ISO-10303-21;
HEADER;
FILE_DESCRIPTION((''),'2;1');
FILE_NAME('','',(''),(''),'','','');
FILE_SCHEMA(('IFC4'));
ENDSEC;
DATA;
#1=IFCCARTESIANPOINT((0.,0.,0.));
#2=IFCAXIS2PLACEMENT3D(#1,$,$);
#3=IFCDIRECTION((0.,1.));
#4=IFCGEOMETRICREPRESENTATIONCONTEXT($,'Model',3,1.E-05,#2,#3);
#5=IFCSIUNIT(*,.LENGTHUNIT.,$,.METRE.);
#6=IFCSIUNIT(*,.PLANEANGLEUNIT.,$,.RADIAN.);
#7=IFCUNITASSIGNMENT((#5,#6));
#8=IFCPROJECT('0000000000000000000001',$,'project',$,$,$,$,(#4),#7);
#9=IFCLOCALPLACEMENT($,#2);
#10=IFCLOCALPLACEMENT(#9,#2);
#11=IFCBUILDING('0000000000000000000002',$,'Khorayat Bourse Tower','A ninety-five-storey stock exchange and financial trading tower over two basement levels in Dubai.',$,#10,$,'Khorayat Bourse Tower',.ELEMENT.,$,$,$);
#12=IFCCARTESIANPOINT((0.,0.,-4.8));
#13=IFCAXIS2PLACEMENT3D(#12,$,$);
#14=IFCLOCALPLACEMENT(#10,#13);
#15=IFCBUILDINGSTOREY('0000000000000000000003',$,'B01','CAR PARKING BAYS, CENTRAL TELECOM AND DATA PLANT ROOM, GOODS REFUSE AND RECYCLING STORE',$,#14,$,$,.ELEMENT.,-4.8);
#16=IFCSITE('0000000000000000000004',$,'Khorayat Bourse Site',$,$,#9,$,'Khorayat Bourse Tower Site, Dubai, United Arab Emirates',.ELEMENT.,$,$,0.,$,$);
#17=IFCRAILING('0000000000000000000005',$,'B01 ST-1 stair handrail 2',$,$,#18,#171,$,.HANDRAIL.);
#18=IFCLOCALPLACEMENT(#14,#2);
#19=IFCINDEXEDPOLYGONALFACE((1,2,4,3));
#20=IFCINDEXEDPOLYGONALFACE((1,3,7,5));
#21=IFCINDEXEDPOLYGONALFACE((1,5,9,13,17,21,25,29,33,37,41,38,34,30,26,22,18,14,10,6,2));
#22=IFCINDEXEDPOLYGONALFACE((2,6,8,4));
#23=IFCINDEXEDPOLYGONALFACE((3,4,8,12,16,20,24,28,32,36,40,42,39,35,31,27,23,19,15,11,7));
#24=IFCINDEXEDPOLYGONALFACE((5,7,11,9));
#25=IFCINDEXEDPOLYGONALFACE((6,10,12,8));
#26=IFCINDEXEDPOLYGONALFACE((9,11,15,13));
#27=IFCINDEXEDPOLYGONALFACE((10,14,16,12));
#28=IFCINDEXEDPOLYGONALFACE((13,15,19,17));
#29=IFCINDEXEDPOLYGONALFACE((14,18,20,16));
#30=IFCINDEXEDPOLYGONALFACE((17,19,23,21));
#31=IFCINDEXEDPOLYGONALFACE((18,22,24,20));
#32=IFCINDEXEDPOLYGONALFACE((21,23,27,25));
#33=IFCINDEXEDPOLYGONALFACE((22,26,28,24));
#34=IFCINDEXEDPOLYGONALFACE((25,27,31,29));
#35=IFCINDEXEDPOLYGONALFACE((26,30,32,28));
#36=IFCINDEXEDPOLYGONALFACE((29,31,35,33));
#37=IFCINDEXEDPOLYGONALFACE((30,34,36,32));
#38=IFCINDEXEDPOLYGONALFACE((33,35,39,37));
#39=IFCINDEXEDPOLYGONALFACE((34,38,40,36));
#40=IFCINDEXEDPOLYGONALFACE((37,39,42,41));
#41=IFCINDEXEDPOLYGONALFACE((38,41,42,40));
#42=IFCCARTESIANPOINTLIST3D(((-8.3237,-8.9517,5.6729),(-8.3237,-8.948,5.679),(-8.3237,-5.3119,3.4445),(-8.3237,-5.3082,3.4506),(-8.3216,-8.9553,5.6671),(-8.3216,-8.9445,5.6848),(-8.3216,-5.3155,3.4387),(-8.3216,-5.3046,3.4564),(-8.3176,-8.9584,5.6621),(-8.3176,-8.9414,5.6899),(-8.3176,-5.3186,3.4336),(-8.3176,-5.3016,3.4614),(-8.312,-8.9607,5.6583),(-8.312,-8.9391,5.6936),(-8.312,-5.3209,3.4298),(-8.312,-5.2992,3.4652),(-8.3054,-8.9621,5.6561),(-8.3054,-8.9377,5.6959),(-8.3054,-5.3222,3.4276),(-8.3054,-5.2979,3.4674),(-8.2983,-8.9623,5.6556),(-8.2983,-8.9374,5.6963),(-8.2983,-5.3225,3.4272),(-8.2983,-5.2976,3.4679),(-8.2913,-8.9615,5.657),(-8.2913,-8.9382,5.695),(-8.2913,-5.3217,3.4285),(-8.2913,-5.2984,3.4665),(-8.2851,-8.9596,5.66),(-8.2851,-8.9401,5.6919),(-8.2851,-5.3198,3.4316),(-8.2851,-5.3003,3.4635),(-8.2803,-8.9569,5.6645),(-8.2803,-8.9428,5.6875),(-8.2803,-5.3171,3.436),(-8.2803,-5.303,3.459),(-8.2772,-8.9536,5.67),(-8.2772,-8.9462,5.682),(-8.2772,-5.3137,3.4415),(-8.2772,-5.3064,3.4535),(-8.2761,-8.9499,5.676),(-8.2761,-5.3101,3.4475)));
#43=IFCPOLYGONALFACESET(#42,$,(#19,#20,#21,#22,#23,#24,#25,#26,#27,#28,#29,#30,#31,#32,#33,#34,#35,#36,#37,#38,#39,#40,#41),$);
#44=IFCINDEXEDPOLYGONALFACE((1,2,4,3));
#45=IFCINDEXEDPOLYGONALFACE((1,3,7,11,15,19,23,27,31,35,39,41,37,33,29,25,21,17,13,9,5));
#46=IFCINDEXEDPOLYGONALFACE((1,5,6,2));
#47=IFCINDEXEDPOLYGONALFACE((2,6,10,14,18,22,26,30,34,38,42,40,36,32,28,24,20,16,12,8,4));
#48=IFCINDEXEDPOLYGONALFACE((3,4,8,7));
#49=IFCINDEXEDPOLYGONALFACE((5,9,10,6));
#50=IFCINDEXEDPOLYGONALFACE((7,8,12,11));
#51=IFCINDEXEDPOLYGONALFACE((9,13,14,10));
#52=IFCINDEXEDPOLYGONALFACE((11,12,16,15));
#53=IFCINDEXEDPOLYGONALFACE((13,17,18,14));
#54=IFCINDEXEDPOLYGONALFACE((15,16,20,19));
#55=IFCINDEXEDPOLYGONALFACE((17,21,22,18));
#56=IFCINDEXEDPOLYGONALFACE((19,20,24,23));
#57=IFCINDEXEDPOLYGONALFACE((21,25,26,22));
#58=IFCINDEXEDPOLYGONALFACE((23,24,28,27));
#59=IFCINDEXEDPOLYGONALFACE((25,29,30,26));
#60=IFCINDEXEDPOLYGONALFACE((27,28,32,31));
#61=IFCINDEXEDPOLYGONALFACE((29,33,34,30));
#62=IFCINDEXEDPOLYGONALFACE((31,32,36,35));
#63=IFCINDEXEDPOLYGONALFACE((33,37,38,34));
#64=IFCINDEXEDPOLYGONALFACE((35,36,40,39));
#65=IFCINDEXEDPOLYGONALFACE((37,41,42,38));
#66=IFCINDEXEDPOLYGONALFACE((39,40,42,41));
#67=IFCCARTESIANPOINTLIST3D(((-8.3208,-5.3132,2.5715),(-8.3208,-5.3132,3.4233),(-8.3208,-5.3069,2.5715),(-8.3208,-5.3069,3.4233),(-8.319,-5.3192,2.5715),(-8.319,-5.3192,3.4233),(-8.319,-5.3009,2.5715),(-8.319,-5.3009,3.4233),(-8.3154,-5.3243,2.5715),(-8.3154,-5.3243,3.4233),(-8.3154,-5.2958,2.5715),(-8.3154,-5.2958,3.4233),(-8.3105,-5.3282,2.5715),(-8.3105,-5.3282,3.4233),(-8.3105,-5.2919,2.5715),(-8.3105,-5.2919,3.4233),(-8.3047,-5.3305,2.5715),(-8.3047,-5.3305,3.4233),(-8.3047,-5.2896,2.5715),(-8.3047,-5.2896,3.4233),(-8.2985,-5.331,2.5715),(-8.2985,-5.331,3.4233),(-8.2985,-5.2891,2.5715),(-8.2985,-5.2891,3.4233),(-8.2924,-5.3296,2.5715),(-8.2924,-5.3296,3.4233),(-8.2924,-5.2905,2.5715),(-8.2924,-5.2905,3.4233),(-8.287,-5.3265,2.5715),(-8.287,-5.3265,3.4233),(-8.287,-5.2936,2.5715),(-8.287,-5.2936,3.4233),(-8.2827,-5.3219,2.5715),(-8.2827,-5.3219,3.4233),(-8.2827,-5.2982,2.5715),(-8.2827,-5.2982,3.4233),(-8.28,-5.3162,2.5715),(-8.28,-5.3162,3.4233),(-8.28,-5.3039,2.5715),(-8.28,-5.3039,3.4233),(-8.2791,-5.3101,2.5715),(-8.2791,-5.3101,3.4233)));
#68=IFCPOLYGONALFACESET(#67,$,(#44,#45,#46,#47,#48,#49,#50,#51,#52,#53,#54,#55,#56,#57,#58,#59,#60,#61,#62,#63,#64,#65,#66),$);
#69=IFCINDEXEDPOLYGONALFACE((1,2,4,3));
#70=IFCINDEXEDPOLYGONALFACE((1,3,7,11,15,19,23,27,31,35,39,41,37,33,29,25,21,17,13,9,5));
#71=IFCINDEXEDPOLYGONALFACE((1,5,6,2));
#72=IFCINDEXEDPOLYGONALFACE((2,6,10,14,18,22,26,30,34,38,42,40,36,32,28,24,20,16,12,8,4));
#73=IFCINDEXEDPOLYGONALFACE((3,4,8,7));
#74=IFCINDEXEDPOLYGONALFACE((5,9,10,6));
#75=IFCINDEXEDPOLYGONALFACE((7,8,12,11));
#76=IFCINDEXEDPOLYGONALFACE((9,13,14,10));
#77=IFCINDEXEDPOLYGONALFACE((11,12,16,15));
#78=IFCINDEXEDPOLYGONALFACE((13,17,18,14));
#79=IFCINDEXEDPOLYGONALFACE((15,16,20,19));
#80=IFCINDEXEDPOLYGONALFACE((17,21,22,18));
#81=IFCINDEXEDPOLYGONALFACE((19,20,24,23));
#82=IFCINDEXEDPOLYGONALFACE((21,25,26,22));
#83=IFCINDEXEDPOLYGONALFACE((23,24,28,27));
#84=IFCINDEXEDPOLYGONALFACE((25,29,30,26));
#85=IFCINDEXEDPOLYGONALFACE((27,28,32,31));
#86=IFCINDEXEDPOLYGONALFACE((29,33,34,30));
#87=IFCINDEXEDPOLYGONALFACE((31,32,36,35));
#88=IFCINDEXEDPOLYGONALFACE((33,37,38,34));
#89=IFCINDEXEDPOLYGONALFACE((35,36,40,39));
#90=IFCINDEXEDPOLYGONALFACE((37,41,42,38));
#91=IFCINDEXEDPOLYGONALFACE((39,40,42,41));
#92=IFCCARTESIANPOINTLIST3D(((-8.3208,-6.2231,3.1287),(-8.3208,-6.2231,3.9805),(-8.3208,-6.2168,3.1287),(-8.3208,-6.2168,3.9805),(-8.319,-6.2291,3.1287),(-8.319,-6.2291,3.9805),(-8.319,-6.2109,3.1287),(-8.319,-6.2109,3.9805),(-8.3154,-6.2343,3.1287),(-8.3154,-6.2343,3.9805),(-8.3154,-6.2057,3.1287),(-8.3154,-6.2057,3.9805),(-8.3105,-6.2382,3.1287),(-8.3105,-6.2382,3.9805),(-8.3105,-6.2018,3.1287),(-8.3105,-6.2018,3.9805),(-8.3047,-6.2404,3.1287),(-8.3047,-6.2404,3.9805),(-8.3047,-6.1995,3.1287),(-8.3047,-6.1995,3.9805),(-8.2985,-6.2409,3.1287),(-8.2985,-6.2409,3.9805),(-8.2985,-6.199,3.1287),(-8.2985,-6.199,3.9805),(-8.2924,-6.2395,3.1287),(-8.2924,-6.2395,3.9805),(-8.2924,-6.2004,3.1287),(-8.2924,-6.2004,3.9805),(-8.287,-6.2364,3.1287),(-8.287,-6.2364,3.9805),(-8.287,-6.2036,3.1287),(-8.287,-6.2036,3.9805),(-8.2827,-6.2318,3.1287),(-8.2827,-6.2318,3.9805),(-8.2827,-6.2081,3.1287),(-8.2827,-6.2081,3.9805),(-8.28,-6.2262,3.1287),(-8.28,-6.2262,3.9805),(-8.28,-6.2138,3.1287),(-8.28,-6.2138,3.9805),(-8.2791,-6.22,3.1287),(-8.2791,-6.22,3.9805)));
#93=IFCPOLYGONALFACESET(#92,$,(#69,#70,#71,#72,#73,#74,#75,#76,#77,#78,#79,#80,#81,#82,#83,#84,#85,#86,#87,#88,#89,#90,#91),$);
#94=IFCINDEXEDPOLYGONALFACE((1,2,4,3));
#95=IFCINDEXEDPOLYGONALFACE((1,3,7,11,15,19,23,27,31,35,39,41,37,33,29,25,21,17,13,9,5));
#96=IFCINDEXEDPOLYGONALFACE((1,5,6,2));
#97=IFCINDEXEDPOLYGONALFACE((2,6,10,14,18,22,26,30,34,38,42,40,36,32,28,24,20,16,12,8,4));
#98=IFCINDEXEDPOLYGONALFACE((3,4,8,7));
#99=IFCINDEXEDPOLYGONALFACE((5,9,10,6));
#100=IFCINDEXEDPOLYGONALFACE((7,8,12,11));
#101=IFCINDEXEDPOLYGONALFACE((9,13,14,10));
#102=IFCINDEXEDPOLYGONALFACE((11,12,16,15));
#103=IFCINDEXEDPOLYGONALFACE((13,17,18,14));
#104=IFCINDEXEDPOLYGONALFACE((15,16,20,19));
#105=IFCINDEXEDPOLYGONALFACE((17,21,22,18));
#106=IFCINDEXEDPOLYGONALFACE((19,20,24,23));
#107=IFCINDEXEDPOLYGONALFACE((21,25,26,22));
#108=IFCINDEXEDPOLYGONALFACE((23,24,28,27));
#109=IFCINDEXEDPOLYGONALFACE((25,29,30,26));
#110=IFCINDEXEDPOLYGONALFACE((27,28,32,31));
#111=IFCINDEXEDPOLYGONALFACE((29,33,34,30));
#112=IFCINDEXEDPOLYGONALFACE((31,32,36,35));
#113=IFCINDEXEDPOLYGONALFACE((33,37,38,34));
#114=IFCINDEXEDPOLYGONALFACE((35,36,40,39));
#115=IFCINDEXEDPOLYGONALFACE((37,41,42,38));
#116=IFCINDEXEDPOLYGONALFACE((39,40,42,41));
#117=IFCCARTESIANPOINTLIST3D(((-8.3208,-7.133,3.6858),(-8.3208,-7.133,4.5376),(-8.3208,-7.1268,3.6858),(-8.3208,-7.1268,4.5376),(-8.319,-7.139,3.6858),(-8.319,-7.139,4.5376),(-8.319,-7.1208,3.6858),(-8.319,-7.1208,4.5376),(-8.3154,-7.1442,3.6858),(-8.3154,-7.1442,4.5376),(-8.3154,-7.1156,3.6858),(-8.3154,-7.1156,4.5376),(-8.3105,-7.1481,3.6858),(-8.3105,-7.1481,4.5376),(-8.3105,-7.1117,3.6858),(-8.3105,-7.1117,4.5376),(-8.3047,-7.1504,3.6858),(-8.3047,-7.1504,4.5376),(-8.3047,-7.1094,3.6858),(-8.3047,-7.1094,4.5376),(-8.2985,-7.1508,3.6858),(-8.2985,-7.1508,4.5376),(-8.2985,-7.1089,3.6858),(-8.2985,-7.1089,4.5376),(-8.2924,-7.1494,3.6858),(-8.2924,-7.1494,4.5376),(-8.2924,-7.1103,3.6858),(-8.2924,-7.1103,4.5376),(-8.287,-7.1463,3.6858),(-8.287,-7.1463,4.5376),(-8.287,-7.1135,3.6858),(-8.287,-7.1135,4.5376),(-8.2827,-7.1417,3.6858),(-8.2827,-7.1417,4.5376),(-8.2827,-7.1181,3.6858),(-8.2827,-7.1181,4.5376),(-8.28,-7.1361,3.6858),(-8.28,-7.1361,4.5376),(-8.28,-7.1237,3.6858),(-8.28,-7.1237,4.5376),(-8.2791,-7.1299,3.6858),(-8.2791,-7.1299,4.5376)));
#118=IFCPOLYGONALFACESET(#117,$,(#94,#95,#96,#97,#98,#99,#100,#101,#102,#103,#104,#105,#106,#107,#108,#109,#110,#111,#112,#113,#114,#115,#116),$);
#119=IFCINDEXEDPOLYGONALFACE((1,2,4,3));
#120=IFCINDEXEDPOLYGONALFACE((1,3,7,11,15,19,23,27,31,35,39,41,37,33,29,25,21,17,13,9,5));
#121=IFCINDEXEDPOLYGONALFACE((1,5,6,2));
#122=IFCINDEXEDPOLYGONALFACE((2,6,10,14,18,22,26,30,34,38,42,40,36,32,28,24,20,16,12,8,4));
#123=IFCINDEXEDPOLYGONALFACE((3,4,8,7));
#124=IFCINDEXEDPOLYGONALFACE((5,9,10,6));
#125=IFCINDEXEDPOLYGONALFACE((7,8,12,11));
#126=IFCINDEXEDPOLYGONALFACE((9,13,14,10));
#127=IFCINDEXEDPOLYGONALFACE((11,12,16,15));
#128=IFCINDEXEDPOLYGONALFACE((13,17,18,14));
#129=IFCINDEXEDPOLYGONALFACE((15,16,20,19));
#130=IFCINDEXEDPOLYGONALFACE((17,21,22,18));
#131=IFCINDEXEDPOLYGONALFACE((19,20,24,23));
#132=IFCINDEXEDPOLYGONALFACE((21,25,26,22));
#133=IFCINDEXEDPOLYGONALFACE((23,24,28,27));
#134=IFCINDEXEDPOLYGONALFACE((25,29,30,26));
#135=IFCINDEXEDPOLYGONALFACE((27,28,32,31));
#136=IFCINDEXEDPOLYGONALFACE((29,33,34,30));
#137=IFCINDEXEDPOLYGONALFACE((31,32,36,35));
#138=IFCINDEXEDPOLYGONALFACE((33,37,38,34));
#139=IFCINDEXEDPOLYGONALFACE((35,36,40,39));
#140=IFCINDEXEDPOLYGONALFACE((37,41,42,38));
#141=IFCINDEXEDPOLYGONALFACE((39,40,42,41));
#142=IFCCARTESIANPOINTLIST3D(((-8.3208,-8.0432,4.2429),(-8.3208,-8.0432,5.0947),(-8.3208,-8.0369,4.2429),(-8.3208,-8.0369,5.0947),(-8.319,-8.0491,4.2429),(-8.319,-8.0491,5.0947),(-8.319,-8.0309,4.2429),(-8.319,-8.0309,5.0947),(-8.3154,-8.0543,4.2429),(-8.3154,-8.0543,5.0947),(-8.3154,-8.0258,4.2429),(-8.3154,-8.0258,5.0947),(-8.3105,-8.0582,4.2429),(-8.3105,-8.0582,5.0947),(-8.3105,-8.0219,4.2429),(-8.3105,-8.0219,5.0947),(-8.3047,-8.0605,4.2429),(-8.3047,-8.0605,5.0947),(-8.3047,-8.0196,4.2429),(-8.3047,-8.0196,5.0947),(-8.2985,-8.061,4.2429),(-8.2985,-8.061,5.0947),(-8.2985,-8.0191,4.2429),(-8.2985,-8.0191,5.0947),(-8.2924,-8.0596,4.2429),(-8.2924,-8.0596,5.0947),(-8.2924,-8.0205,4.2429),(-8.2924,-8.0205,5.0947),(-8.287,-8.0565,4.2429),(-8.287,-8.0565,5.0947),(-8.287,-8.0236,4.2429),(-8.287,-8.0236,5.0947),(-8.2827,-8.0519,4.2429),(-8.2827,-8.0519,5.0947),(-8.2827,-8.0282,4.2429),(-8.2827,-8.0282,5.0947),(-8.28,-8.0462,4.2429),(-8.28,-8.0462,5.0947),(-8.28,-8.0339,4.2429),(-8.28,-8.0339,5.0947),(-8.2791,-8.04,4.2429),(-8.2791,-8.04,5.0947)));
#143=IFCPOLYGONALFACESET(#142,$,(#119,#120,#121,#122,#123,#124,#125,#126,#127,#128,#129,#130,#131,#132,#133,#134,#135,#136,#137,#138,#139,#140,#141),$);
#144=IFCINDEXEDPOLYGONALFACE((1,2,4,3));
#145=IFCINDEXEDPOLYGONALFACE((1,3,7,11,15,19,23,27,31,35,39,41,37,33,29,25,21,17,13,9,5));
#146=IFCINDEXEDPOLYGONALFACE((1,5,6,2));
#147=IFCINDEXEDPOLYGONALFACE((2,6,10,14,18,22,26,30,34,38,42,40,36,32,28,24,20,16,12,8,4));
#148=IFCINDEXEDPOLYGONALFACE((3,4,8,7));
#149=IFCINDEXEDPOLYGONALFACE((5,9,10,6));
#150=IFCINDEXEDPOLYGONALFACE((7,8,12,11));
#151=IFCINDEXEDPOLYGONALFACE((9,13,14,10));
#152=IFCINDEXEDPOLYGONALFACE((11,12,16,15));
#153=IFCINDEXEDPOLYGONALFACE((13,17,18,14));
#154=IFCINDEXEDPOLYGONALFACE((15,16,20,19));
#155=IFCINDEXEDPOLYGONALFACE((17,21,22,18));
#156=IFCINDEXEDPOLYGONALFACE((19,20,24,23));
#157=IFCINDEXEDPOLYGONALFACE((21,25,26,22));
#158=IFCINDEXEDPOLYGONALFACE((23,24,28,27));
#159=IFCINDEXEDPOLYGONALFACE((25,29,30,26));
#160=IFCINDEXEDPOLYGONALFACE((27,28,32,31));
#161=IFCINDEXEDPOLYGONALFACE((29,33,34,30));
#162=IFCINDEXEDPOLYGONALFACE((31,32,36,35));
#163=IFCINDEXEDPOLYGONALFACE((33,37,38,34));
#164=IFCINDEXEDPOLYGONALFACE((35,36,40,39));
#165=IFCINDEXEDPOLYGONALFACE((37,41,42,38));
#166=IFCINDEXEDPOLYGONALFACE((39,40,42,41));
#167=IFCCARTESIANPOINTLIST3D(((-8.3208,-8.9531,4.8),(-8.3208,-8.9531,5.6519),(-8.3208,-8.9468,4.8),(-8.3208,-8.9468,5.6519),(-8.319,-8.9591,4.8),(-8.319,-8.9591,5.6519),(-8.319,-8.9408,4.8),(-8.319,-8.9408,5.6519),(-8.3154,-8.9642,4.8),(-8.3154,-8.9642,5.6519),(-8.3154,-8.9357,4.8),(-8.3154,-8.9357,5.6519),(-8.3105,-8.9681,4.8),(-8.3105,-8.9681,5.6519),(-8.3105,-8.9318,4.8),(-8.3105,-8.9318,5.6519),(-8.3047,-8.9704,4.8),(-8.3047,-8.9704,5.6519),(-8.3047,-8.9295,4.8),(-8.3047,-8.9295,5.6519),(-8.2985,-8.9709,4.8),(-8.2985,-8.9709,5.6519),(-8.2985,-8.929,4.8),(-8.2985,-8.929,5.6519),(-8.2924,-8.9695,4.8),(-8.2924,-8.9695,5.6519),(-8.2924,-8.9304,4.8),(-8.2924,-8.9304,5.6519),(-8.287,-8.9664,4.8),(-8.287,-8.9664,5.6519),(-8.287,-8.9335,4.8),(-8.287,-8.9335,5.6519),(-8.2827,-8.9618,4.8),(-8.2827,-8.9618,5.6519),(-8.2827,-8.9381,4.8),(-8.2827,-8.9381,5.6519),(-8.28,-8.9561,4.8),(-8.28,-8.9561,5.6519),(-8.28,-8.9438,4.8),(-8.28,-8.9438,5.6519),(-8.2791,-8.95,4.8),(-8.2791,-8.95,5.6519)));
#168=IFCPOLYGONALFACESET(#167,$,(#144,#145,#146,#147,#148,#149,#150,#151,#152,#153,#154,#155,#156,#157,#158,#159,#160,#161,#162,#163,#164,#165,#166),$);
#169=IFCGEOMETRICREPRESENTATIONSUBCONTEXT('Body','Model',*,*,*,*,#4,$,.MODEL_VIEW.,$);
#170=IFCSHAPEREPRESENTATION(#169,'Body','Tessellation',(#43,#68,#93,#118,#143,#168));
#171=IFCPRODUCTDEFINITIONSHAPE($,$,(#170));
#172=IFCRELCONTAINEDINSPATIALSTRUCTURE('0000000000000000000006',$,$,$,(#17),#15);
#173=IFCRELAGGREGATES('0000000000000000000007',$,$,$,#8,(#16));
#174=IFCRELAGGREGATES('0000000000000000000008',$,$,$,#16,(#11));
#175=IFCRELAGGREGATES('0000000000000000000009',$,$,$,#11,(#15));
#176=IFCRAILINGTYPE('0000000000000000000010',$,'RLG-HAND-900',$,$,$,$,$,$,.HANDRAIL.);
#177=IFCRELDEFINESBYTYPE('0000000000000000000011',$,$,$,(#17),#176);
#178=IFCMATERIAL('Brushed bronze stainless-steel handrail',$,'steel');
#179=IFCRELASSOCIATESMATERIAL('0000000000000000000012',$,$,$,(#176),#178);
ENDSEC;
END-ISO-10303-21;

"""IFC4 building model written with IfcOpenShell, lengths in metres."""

from ifc_helpers import new_model, si_unit, direction, frame, origin, origin_2d, place, context, subcontext, project, spatial, circle, extrude, source, transform, mapped, material, type_object, element, save


model = new_model("IFC4")

# Units and contexts
model_context = context("Model", 3, precision=1e-05, world=origin(), true_north=direction((0.0, 1.0)))
body_context = subcontext(model_context, "Body", "Model", "MODEL_VIEW")
ifc_project = project(units=[si_unit("LENGTHUNIT", "METRE"), si_unit("PLANEANGLEUNIT", "RADIAN")], contexts=[model_context])

# Site, building, storey
site_placement = place(None, origin())
site = spatial("IfcSite", under=ifc_project, at=site_placement, Name="Khorayat Bourse Site", LongName="Khorayat Bourse Tower Site, Dubai, United Arab Emirates", CompositionType="ELEMENT", RefElevation=0.0)
building_placement = place(site_placement, origin())
building = spatial("IfcBuilding", under=site, at=building_placement, Name="Khorayat Bourse Tower", Description="A ninety-five-storey stock exchange and financial trading tower over two basement levels in Dubai.", LongName="Khorayat Bourse Tower", CompositionType="ELEMENT")
storey_placement = place(building_placement, frame((0.0, 0.0, -4.8)))
storey = spatial("IfcBuildingStorey", under=building, at=storey_placement, Name="B01", Description="CAR PARKING BAYS, CENTRAL TELECOM AND DATA PLANT ROOM, GOODS REFUSE AND RECYCLING STORE", CompositionType="ELEMENT", Elevation=-4.8)

# Railing
ifc_material_1 = material(Name="Brushed bronze stainless-steel handrail", Category="steel")
railing_type_1 = type_object("IfcRailingType", Name="RLG-HAND-900", PredefinedType="HANDRAIL", material=ifc_material_1)
shared_shape_1 = source(origin(), body_context, "Body", "SweptSolid", [
    extrude(circle(Radius=0.0239, at=origin_2d()), frame((0.0, 0.0, 0.876), z_axis=(0.0, -0.85285, 0.522156), x_axis=(1.0, 0.0, 0.0)), (0.0, 0.0, 1.0), 4.2678),
    extrude(circle(Radius=0.021, at=origin_2d()), origin(), (0.0, 0.0, 1.0), 0.8518),
    extrude(circle(Radius=0.021, at=origin_2d()), frame((0.0, -0.9099, 0.5571)), (0.0, 0.0, 1.0), 0.8518),
    extrude(circle(Radius=0.021, at=origin_2d()), frame((0.0, -1.8198, 1.1143)), (0.0, 0.0, 1.0), 0.8518),
    extrude(circle(Radius=0.021, at=origin_2d()), frame((0.0, -2.73, 1.6714)), (0.0, 0.0, 1.0), 0.8518),
    extrude(circle(Radius=0.021, at=origin_2d()), frame((0.0, -3.6399, 2.2285)), (0.0, 0.0, 1.0), 0.8518),
])
for number, where, name in (
    (1, (-8.3, -5.3101, 2.5715), "B01 ST-1 stair handrail 2"),
):
    element("IfcRailing", number, at=place(storey_placement, frame(where)), inside=storey, type_object=railing_type_1, Name=name, PredefinedType="HANDRAIL", context=body_context, shape_type="MappedRepresentation", body=[
        mapped(shared_shape_1, transform((0.0, 0.0, 0.0), scale=1.0)),
    ])

save(model, "model.ifc")
